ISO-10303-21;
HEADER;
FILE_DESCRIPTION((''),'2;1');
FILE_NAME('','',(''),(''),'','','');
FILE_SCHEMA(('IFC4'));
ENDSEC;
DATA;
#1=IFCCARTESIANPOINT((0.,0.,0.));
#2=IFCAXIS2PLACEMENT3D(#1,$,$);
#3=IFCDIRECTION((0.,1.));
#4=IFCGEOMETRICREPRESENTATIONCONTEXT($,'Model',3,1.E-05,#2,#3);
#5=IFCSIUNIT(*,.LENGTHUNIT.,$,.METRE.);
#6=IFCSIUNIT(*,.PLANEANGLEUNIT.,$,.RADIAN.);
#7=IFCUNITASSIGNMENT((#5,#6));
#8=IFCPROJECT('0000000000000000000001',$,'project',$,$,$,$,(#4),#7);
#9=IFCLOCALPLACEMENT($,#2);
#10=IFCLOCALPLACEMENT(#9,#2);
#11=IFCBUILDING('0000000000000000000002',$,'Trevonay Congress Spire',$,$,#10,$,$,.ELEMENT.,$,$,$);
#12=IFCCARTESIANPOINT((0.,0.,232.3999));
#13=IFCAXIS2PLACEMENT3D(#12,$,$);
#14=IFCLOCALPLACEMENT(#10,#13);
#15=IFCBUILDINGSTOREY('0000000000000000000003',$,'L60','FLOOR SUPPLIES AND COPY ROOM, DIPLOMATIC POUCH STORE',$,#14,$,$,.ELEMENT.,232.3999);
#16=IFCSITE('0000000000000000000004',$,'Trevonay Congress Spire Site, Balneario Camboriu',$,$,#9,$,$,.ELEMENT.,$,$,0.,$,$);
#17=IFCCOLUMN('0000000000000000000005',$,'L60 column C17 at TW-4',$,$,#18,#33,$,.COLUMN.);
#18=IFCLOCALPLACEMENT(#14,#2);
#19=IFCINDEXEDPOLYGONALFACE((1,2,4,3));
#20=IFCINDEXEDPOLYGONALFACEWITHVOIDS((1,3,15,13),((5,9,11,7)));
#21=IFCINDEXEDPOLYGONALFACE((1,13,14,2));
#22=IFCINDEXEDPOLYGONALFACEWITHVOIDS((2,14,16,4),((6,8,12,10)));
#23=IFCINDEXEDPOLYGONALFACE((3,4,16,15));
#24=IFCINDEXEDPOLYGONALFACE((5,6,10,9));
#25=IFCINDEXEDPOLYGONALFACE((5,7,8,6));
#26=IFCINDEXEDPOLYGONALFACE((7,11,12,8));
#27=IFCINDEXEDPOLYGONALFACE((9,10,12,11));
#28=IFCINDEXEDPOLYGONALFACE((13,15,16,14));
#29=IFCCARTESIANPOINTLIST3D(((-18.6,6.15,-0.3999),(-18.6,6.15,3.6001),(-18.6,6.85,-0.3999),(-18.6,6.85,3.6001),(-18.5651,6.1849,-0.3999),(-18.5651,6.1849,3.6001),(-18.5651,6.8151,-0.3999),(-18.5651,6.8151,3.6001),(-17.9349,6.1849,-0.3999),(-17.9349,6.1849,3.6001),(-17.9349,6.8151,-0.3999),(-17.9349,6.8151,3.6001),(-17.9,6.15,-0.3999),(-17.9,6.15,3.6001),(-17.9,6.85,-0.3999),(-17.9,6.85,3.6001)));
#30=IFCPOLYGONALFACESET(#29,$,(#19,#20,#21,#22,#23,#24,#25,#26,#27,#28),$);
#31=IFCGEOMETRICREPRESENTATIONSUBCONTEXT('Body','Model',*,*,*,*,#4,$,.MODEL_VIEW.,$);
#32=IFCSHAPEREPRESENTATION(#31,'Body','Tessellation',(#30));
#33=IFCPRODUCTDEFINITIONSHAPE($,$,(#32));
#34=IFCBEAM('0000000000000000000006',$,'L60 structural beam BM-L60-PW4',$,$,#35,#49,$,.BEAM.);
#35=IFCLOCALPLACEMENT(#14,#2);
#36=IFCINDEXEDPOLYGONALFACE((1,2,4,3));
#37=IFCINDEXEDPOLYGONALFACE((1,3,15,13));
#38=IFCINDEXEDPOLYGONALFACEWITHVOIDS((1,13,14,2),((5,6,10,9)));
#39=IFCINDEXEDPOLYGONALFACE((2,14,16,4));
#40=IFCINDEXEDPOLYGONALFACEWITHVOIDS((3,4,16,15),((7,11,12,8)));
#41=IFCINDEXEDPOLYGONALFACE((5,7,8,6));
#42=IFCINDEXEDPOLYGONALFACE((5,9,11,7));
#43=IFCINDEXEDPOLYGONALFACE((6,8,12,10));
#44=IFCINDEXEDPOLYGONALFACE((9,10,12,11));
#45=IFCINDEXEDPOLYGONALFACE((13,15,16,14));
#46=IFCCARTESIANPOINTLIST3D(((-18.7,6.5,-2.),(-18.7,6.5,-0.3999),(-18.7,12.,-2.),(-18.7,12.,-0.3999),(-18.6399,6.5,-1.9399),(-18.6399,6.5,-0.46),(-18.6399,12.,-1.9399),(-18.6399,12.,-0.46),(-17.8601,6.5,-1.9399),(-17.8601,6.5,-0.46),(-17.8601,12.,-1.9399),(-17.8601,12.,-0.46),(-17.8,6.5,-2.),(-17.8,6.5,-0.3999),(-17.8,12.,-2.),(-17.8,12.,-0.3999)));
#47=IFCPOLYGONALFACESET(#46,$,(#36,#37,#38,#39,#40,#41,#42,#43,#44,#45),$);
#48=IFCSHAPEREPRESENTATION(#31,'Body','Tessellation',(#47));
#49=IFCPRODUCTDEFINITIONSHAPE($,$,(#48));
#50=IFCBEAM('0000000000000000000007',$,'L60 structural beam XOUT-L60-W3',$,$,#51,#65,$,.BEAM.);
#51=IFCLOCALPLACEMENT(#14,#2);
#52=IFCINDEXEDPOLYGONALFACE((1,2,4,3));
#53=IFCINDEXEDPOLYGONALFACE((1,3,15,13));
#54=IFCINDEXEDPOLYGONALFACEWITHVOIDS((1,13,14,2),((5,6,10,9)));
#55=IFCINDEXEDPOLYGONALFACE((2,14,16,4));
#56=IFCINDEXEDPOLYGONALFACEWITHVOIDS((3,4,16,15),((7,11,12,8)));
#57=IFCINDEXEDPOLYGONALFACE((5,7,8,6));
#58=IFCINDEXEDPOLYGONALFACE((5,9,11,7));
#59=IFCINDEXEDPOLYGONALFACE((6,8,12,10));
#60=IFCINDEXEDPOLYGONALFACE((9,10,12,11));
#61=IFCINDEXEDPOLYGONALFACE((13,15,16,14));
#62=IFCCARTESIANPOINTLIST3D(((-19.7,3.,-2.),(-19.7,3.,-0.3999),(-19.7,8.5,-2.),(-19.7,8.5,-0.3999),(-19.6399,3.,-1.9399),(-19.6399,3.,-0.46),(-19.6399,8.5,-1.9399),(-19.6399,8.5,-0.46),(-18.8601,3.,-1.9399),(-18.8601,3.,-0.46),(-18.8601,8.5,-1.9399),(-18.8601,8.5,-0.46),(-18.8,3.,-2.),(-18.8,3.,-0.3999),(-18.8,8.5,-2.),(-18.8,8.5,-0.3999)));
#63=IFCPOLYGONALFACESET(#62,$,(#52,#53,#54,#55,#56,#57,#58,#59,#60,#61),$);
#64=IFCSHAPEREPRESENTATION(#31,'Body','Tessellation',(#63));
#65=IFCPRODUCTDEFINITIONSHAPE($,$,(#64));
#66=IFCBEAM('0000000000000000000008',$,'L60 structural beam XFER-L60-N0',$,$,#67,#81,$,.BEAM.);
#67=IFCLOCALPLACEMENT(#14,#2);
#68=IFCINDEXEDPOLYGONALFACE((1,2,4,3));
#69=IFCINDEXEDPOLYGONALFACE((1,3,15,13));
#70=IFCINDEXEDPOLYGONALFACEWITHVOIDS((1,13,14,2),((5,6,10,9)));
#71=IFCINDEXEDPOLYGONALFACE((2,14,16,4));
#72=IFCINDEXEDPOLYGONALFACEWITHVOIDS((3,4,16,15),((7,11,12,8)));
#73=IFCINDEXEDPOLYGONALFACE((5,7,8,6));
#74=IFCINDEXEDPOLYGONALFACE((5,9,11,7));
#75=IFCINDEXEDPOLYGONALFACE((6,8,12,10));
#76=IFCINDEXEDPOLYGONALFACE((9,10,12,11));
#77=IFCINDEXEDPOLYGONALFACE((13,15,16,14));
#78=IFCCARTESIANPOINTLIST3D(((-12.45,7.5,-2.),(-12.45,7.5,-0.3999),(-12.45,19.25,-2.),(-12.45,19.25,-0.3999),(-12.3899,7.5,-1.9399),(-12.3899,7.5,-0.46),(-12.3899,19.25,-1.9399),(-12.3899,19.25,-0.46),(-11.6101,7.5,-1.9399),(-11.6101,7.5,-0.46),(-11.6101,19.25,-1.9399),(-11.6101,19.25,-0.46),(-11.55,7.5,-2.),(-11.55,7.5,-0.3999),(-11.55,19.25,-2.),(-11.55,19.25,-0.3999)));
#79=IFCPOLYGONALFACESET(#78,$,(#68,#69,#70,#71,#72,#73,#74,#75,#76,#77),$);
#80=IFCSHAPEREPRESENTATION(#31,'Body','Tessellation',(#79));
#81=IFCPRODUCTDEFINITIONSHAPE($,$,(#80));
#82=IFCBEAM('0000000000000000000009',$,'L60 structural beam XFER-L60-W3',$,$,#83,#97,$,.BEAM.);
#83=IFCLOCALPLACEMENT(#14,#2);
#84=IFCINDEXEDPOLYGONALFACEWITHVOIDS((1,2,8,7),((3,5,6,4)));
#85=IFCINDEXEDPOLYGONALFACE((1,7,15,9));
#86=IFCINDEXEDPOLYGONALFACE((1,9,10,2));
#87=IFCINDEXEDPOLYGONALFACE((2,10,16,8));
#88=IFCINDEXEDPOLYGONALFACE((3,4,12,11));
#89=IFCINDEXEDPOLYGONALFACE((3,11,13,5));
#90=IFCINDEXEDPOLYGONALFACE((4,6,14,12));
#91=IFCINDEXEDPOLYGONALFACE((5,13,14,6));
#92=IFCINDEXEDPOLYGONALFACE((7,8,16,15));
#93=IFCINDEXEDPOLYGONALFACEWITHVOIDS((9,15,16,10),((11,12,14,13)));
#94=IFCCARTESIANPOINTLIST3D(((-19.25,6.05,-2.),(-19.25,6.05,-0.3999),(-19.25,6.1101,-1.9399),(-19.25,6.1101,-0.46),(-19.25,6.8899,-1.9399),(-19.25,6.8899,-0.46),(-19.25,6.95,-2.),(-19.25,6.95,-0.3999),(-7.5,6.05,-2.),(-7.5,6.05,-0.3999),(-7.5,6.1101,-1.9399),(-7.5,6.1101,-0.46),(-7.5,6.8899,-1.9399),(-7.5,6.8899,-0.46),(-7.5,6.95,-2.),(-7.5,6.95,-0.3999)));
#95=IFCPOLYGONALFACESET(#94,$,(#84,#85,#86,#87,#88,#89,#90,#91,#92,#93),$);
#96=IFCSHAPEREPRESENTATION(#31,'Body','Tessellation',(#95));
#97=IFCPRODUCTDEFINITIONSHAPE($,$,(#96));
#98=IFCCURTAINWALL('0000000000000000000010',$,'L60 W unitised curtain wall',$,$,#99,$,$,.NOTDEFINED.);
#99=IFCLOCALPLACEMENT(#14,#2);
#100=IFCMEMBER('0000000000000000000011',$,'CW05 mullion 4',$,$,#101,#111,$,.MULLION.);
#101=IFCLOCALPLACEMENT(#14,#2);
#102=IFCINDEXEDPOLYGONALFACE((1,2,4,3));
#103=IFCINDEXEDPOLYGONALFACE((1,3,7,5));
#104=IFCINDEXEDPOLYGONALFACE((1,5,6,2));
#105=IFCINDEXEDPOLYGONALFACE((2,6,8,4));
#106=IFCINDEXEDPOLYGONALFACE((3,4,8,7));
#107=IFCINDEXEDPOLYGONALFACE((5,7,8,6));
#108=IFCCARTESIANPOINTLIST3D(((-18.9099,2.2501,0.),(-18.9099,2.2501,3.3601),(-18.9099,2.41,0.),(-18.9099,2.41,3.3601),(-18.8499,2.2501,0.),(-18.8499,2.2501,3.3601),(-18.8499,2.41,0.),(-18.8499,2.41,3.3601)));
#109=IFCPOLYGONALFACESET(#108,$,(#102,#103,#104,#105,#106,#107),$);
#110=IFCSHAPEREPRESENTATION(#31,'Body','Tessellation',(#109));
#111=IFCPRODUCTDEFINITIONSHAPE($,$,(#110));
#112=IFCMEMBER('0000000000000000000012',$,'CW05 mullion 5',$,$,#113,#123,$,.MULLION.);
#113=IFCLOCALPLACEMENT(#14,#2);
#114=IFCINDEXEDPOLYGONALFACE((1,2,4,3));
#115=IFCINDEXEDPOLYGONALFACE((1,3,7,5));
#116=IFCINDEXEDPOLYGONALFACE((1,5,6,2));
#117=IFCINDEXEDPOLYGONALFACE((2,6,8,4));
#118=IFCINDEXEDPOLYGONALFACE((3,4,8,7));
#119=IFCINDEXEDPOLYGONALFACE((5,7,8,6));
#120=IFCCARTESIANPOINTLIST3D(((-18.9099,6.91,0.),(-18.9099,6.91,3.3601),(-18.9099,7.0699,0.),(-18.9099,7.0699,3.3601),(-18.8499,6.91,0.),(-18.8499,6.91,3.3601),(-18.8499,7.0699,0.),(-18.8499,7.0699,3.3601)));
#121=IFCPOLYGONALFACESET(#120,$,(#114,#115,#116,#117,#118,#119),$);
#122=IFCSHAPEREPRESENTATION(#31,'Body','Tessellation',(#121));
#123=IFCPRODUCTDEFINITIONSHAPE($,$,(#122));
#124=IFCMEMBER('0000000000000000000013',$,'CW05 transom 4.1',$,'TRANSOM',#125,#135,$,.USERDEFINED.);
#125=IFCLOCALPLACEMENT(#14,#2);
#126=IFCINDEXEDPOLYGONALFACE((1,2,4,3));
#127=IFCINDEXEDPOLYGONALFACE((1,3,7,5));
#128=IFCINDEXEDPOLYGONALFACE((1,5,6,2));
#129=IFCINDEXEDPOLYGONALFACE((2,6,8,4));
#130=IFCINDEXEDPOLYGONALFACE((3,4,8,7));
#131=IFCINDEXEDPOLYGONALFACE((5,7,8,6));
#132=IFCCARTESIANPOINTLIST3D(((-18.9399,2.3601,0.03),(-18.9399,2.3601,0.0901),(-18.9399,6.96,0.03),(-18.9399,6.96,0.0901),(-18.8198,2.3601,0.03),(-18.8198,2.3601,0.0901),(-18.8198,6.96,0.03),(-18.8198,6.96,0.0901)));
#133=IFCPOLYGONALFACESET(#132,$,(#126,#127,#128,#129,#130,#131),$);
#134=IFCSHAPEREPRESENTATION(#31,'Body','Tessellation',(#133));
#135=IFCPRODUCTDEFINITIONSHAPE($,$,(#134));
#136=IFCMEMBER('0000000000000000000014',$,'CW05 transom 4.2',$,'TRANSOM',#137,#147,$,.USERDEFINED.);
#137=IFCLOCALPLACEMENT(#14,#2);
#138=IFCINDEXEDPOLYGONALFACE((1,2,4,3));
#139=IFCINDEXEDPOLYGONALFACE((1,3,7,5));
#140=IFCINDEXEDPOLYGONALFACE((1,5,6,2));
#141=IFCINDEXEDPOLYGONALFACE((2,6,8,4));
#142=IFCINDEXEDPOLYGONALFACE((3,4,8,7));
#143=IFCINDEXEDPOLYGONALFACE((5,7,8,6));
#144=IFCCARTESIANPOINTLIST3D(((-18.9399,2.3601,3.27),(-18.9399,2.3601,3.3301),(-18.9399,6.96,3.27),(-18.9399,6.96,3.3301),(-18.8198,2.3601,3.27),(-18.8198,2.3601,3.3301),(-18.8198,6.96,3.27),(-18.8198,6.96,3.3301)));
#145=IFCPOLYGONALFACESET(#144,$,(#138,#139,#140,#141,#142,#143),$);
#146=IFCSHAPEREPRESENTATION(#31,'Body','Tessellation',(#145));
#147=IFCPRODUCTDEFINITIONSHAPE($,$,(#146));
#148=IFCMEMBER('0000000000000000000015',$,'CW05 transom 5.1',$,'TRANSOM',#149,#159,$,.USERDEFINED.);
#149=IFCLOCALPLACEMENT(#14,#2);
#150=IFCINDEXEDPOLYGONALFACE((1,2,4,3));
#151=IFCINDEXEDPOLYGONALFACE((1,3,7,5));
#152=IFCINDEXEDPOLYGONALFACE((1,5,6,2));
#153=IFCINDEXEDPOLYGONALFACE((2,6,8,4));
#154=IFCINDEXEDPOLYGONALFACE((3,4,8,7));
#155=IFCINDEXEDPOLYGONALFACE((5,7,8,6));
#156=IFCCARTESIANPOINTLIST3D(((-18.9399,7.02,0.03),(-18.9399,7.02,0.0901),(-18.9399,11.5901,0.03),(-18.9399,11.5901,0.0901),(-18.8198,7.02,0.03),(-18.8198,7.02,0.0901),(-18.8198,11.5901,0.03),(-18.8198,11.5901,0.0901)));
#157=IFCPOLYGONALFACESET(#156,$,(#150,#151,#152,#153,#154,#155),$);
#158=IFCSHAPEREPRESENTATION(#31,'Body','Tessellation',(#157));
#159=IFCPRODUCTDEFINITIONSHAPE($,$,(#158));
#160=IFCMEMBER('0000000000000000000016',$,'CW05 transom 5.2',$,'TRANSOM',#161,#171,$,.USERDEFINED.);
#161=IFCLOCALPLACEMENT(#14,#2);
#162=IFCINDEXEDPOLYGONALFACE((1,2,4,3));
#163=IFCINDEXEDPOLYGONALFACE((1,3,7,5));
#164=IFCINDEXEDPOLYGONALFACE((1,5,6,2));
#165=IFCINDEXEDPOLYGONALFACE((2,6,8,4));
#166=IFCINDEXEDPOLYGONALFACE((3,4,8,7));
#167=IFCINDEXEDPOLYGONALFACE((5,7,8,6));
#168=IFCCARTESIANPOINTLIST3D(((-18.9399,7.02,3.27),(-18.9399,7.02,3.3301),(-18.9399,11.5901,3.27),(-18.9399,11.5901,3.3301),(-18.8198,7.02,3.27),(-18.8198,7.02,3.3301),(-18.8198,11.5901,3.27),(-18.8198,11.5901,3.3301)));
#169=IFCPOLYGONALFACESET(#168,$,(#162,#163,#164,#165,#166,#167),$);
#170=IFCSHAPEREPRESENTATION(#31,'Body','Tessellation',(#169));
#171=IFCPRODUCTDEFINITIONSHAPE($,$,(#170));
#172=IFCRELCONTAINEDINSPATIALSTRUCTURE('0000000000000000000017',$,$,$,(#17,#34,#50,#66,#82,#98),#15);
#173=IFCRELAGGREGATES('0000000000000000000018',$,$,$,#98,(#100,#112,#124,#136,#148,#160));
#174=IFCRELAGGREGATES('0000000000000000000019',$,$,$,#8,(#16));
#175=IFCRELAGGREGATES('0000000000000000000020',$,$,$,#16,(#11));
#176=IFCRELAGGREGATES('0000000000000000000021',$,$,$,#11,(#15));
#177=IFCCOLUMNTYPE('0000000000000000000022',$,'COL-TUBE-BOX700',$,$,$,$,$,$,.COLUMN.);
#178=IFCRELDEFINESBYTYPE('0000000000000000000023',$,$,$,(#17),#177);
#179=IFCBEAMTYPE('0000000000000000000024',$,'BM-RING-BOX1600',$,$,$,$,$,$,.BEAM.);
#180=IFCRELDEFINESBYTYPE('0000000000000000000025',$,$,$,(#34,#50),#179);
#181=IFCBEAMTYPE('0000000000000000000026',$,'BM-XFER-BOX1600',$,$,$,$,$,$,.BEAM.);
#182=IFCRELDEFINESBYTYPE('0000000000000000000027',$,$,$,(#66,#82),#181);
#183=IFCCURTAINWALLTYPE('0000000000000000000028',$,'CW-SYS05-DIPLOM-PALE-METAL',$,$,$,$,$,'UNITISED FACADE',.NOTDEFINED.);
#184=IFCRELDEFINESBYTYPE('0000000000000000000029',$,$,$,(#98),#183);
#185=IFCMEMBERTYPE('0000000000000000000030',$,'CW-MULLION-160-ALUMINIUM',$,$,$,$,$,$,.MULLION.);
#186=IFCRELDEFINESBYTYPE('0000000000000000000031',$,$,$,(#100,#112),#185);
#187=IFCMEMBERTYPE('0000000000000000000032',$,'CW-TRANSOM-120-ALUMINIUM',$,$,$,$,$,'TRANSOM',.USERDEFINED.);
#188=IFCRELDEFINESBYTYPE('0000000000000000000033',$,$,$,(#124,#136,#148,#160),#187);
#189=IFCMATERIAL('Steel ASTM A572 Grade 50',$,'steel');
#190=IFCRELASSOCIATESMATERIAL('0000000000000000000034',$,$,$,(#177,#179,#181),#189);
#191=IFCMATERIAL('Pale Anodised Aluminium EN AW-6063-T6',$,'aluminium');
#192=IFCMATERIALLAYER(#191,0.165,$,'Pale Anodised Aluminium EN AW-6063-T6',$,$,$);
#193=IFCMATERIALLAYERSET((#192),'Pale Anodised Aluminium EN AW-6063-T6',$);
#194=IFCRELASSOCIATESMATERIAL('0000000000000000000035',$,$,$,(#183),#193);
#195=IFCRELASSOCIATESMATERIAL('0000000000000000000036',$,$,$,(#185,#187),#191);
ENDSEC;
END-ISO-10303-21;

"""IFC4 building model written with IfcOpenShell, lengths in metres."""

from ifc_helpers import new_model, si_unit, direction, frame, origin, origin_2d, place, context, subcontext, project, spatial, rectangle, hollow_rectangle, extrude, material, layer, layer_set, material_profile, profile_set, type_object, element, aggregate, save


model = new_model("IFC4")

# Units and contexts
model_context = context("Model", 3, precision=1e-05, world=origin(), true_north=direction((0.0, 1.0)))
body_context = subcontext(model_context, "Body", "Model", "MODEL_VIEW")
ifc_project = project(units=[si_unit("LENGTHUNIT", "METRE"), si_unit("PLANEANGLEUNIT", "RADIAN")], contexts=[model_context])

# Site, building, storey
site_placement = place(None, origin())
site = spatial("IfcSite", under=ifc_project, at=site_placement, Name="Trevonay Congress Spire Site, Balneario Camboriu", CompositionType="ELEMENT", RefElevation=0.0)
building_placement = place(site_placement, origin())
building = spatial("IfcBuilding", under=site, at=building_placement, Name="Trevonay Congress Spire", CompositionType="ELEMENT")
storey_placement = place(building_placement, frame((0.0, 0.0, 232.3999)))
storey = spatial("IfcBuildingStorey", under=building, at=storey_placement, Name="L60", Description="FLOOR SUPPLIES AND COPY ROOM, DIPLOMATIC POUCH STORE", CompositionType="ELEMENT", Elevation=232.3999)

# Column
ifc_material_1 = material(Name="Steel ASTM A572 Grade 50", Category="steel")
ifc_material_profile_1 = material_profile(ifc_material_1, hollow_rectangle(XDim=0.7, YDim=0.7, WallThickness=0.0349, at=origin_2d()), Name="BOX 700x700x35")
ifc_profile_set_1 = profile_set([ifc_material_profile_1], Name="Steel ASTM A572 Grade 50")
column_type = type_object("IfcColumnType", Name="COL-TUBE-BOX700", PredefinedType="COLUMN", material=ifc_profile_set_1)
column_placement = place(storey_placement, frame((-18.25, 6.5, -0.3999), z_axis=(0.0, 0.0, 1.0), x_axis=(1.0, 0.0, 0.0)))
element("IfcColumn", 1, at=column_placement, inside=storey, type_object=column_type, Name="L60 column C17 at TW-4", PredefinedType="COLUMN", context=body_context, shape_type="SweptSolid", body=[
    extrude(hollow_rectangle(XDim=0.7, YDim=0.7, WallThickness=0.0349, at=origin_2d()), origin(), (0.0, 0.0, 1.0), 4.0),
])

# Beams
ifc_material_profile_2 = material_profile(ifc_material_1, hollow_rectangle(XDim=0.8999, YDim=1.6001, WallThickness=0.0601, at=origin_2d()), Name="BOX 1600x900x60")
ifc_profile_set_2 = profile_set([ifc_material_profile_2], Name="Steel ASTM A572 Grade 50")
beam_type_1 = type_object("IfcBeamType", Name="BM-RING-BOX1600", PredefinedType="BEAM", material=ifc_profile_set_2)
for number, where, z_axis, x_axis, name in (
    (2, (-18.25, 6.5, -1.2), (0.0, 1.0, 0.0), (-1.0, 0.0, 0.0), "L60 structural beam BM-L60-PW4"),
    (3, (-19.25, 3.0, -1.2), (0.0, 1.0, 0.0), (-1.0, 0.0, 0.0), "L60 structural beam XOUT-L60-W3"),
):
    element("IfcBeam", number, at=place(storey_placement, frame(where, z_axis=z_axis, x_axis=x_axis)), inside=storey, type_object=beam_type_1, Name=name, PredefinedType="BEAM", context=body_context, shape_type="SweptSolid", body=[
        extrude(hollow_rectangle(XDim=0.8999, YDim=1.6001, WallThickness=0.0601, at=origin_2d()), origin(), (0.0, 0.0, 1.0), 5.5),
    ])
ifc_material_profile_3 = material_profile(ifc_material_1, hollow_rectangle(XDim=0.8999, YDim=1.6001, WallThickness=0.0601, at=origin_2d()), Name="BOX 1600x900x60")
ifc_profile_set_3 = profile_set([ifc_material_profile_3], Name="Steel ASTM A572 Grade 50")
beam_type_2 = type_object("IfcBeamType", Name="BM-XFER-BOX1600", PredefinedType="BEAM", material=ifc_profile_set_3)
for number, where, z_axis, x_axis, name in (
    (4, (-12.0, 7.5, -1.2), (0.0, 1.0, 0.0), (-1.0, 0.0, 0.0), "L60 structural beam XFER-L60-N0"),
    (5, (-7.5, 6.5, -1.2), (-1.0, 0.0, 0.0), (0.0, -1.0, 0.0), "L60 structural beam XFER-L60-W3"),
):
    element("IfcBeam", number, at=place(storey_placement, frame(where, z_axis=z_axis, x_axis=x_axis)), inside=storey, type_object=beam_type_2, Name=name, PredefinedType="BEAM", context=body_context, shape_type="SweptSolid", body=[
        extrude(hollow_rectangle(XDim=0.8999, YDim=1.6001, WallThickness=0.0601, at=origin_2d()), origin(), (0.0, 0.0, 1.0), 11.75),
    ])

# Curtain wall, members
ifc_material_2 = material(Name="Pale Anodised Aluminium EN AW-6063-T6", Category="aluminium")
ifc_layer_1 = layer(ifc_material_2, 0.165, Name="Pale Anodised Aluminium EN AW-6063-T6")
ifc_layer_set_1 = layer_set([ifc_layer_1], Name="Pale Anodised Aluminium EN AW-6063-T6")
curtain_wall_type = type_object("IfcCurtainWallType", Name="CW-SYS05-DIPLOM-PALE-METAL", ElementType="UNITISED FACADE", PredefinedType="NOTDEFINED", material=ifc_layer_set_1)
curtain_wall_placement = place(storey_placement, origin())
curtain_wall = element("IfcCurtainWall", 6, at=curtain_wall_placement, inside=storey, type_object=curtain_wall_type, Name="L60 W unitised curtain wall", PredefinedType="NOTDEFINED")
ifc_material_profile_4 = material_profile(ifc_material_2, rectangle(XDim=0.0601, YDim=0.1599, at=origin_2d()), Name="CW-MULLION-160-ALUMINIUM")
ifc_profile_set_4 = profile_set([ifc_material_profile_4], Name="Pale Anodised Aluminium EN AW-6063-T6")
member_type_1 = type_object("IfcMemberType", Name="CW-MULLION-160-ALUMINIUM", PredefinedType="MULLION", material=ifc_profile_set_4)
member_1_placement = place(storey_placement, frame((-18.8799, 2.3301, 0.0), z_axis=(0.0, 0.0, 1.0), x_axis=(-1.0, 0.0, 0.0)))
member_1 = element("IfcMember", 7, at=member_1_placement, type_object=member_type_1, Name="CW05 mullion 4", PredefinedType="MULLION", context=body_context, shape_type="SweptSolid", body=[
    extrude(rectangle(XDim=0.0601, YDim=0.1599, at=origin_2d()), origin(), (0.0, 0.0, 1.0), 3.3601),
])
member_2_placement = place(storey_placement, frame((-18.8799, 6.99, 0.0), z_axis=(0.0, 0.0, 1.0), x_axis=(-1.0, 0.0, 0.0)))
member_2 = element("IfcMember", 8, at=member_2_placement, type_object=member_type_1, Name="CW05 mullion 5", PredefinedType="MULLION", context=body_context, shape_type="SweptSolid", body=[
    extrude(rectangle(XDim=0.0601, YDim=0.1599, at=origin_2d()), origin(), (0.0, 0.0, 1.0), 3.3601),
])
ifc_material_profile_5 = material_profile(ifc_material_2, rectangle(XDim=0.1201, YDim=0.0601, at=origin_2d()), Name="CW-TRANSOM-120-ALUMINIUM")
ifc_profile_set_5 = profile_set([ifc_material_profile_5], Name="Pale Anodised Aluminium EN AW-6063-T6")
member_type_2 = type_object("IfcMemberType", Name="CW-TRANSOM-120-ALUMINIUM", ElementType="TRANSOM", PredefinedType="USERDEFINED", material=ifc_profile_set_5)
member_3_placement = place(storey_placement, frame((-18.8799, 2.3601, 0.0601), z_axis=(0.0, 1.0, 0.0), x_axis=(-1.0, 0.0, 0.0)))
member_3 = element("IfcMember", 9, at=member_3_placement, type_object=member_type_2, Name="CW05 transom 4.1", ObjectType="TRANSOM", PredefinedType="USERDEFINED", context=body_context, shape_type="SweptSolid", body=[
    extrude(rectangle(XDim=0.1201, YDim=0.0601, at=origin_2d()), origin(), (0.0, 0.0, 1.0), 4.5999),
])
member_4_placement = place(storey_placement, frame((-18.8799, 2.3601, 3.3), z_axis=(0.0, 1.0, 0.0), x_axis=(-1.0, 0.0, 0.0)))
member_4 = element("IfcMember", 10, at=member_4_placement, type_object=member_type_2, Name="CW05 transom 4.2", ObjectType="TRANSOM", PredefinedType="USERDEFINED", context=body_context, shape_type="SweptSolid", body=[
    extrude(rectangle(XDim=0.1201, YDim=0.0601, at=origin_2d()), origin(), (0.0, 0.0, 1.0), 4.5999),
])
member_5_placement = place(storey_placement, frame((-18.8799, 7.02, 0.0601), z_axis=(0.0, 1.0, 0.0), x_axis=(-1.0, 0.0, 0.0)))
member_5 = element("IfcMember", 11, at=member_5_placement, type_object=member_type_2, Name="CW05 transom 5.1", ObjectType="TRANSOM", PredefinedType="USERDEFINED", context=body_context, shape_type="SweptSolid", body=[
    extrude(rectangle(XDim=0.1201, YDim=0.0601, at=origin_2d()), origin(), (0.0, 0.0, 1.0), 4.5701),
])
member_6_placement = place(storey_placement, frame((-18.8799, 7.02, 3.3), z_axis=(0.0, 1.0, 0.0), x_axis=(-1.0, 0.0, 0.0)))
member_6 = element("IfcMember", 12, at=member_6_placement, type_object=member_type_2, Name="CW05 transom 5.2", ObjectType="TRANSOM", PredefinedType="USERDEFINED", context=body_context, shape_type="SweptSolid", body=[
    extrude(rectangle(XDim=0.1201, YDim=0.0601, at=origin_2d()), origin(), (0.0, 0.0, 1.0), 4.5701),
])

aggregate(curtain_wall, [member_1, member_2, member_3, member_4, member_5, member_6])

save(model, "model.ifc")
